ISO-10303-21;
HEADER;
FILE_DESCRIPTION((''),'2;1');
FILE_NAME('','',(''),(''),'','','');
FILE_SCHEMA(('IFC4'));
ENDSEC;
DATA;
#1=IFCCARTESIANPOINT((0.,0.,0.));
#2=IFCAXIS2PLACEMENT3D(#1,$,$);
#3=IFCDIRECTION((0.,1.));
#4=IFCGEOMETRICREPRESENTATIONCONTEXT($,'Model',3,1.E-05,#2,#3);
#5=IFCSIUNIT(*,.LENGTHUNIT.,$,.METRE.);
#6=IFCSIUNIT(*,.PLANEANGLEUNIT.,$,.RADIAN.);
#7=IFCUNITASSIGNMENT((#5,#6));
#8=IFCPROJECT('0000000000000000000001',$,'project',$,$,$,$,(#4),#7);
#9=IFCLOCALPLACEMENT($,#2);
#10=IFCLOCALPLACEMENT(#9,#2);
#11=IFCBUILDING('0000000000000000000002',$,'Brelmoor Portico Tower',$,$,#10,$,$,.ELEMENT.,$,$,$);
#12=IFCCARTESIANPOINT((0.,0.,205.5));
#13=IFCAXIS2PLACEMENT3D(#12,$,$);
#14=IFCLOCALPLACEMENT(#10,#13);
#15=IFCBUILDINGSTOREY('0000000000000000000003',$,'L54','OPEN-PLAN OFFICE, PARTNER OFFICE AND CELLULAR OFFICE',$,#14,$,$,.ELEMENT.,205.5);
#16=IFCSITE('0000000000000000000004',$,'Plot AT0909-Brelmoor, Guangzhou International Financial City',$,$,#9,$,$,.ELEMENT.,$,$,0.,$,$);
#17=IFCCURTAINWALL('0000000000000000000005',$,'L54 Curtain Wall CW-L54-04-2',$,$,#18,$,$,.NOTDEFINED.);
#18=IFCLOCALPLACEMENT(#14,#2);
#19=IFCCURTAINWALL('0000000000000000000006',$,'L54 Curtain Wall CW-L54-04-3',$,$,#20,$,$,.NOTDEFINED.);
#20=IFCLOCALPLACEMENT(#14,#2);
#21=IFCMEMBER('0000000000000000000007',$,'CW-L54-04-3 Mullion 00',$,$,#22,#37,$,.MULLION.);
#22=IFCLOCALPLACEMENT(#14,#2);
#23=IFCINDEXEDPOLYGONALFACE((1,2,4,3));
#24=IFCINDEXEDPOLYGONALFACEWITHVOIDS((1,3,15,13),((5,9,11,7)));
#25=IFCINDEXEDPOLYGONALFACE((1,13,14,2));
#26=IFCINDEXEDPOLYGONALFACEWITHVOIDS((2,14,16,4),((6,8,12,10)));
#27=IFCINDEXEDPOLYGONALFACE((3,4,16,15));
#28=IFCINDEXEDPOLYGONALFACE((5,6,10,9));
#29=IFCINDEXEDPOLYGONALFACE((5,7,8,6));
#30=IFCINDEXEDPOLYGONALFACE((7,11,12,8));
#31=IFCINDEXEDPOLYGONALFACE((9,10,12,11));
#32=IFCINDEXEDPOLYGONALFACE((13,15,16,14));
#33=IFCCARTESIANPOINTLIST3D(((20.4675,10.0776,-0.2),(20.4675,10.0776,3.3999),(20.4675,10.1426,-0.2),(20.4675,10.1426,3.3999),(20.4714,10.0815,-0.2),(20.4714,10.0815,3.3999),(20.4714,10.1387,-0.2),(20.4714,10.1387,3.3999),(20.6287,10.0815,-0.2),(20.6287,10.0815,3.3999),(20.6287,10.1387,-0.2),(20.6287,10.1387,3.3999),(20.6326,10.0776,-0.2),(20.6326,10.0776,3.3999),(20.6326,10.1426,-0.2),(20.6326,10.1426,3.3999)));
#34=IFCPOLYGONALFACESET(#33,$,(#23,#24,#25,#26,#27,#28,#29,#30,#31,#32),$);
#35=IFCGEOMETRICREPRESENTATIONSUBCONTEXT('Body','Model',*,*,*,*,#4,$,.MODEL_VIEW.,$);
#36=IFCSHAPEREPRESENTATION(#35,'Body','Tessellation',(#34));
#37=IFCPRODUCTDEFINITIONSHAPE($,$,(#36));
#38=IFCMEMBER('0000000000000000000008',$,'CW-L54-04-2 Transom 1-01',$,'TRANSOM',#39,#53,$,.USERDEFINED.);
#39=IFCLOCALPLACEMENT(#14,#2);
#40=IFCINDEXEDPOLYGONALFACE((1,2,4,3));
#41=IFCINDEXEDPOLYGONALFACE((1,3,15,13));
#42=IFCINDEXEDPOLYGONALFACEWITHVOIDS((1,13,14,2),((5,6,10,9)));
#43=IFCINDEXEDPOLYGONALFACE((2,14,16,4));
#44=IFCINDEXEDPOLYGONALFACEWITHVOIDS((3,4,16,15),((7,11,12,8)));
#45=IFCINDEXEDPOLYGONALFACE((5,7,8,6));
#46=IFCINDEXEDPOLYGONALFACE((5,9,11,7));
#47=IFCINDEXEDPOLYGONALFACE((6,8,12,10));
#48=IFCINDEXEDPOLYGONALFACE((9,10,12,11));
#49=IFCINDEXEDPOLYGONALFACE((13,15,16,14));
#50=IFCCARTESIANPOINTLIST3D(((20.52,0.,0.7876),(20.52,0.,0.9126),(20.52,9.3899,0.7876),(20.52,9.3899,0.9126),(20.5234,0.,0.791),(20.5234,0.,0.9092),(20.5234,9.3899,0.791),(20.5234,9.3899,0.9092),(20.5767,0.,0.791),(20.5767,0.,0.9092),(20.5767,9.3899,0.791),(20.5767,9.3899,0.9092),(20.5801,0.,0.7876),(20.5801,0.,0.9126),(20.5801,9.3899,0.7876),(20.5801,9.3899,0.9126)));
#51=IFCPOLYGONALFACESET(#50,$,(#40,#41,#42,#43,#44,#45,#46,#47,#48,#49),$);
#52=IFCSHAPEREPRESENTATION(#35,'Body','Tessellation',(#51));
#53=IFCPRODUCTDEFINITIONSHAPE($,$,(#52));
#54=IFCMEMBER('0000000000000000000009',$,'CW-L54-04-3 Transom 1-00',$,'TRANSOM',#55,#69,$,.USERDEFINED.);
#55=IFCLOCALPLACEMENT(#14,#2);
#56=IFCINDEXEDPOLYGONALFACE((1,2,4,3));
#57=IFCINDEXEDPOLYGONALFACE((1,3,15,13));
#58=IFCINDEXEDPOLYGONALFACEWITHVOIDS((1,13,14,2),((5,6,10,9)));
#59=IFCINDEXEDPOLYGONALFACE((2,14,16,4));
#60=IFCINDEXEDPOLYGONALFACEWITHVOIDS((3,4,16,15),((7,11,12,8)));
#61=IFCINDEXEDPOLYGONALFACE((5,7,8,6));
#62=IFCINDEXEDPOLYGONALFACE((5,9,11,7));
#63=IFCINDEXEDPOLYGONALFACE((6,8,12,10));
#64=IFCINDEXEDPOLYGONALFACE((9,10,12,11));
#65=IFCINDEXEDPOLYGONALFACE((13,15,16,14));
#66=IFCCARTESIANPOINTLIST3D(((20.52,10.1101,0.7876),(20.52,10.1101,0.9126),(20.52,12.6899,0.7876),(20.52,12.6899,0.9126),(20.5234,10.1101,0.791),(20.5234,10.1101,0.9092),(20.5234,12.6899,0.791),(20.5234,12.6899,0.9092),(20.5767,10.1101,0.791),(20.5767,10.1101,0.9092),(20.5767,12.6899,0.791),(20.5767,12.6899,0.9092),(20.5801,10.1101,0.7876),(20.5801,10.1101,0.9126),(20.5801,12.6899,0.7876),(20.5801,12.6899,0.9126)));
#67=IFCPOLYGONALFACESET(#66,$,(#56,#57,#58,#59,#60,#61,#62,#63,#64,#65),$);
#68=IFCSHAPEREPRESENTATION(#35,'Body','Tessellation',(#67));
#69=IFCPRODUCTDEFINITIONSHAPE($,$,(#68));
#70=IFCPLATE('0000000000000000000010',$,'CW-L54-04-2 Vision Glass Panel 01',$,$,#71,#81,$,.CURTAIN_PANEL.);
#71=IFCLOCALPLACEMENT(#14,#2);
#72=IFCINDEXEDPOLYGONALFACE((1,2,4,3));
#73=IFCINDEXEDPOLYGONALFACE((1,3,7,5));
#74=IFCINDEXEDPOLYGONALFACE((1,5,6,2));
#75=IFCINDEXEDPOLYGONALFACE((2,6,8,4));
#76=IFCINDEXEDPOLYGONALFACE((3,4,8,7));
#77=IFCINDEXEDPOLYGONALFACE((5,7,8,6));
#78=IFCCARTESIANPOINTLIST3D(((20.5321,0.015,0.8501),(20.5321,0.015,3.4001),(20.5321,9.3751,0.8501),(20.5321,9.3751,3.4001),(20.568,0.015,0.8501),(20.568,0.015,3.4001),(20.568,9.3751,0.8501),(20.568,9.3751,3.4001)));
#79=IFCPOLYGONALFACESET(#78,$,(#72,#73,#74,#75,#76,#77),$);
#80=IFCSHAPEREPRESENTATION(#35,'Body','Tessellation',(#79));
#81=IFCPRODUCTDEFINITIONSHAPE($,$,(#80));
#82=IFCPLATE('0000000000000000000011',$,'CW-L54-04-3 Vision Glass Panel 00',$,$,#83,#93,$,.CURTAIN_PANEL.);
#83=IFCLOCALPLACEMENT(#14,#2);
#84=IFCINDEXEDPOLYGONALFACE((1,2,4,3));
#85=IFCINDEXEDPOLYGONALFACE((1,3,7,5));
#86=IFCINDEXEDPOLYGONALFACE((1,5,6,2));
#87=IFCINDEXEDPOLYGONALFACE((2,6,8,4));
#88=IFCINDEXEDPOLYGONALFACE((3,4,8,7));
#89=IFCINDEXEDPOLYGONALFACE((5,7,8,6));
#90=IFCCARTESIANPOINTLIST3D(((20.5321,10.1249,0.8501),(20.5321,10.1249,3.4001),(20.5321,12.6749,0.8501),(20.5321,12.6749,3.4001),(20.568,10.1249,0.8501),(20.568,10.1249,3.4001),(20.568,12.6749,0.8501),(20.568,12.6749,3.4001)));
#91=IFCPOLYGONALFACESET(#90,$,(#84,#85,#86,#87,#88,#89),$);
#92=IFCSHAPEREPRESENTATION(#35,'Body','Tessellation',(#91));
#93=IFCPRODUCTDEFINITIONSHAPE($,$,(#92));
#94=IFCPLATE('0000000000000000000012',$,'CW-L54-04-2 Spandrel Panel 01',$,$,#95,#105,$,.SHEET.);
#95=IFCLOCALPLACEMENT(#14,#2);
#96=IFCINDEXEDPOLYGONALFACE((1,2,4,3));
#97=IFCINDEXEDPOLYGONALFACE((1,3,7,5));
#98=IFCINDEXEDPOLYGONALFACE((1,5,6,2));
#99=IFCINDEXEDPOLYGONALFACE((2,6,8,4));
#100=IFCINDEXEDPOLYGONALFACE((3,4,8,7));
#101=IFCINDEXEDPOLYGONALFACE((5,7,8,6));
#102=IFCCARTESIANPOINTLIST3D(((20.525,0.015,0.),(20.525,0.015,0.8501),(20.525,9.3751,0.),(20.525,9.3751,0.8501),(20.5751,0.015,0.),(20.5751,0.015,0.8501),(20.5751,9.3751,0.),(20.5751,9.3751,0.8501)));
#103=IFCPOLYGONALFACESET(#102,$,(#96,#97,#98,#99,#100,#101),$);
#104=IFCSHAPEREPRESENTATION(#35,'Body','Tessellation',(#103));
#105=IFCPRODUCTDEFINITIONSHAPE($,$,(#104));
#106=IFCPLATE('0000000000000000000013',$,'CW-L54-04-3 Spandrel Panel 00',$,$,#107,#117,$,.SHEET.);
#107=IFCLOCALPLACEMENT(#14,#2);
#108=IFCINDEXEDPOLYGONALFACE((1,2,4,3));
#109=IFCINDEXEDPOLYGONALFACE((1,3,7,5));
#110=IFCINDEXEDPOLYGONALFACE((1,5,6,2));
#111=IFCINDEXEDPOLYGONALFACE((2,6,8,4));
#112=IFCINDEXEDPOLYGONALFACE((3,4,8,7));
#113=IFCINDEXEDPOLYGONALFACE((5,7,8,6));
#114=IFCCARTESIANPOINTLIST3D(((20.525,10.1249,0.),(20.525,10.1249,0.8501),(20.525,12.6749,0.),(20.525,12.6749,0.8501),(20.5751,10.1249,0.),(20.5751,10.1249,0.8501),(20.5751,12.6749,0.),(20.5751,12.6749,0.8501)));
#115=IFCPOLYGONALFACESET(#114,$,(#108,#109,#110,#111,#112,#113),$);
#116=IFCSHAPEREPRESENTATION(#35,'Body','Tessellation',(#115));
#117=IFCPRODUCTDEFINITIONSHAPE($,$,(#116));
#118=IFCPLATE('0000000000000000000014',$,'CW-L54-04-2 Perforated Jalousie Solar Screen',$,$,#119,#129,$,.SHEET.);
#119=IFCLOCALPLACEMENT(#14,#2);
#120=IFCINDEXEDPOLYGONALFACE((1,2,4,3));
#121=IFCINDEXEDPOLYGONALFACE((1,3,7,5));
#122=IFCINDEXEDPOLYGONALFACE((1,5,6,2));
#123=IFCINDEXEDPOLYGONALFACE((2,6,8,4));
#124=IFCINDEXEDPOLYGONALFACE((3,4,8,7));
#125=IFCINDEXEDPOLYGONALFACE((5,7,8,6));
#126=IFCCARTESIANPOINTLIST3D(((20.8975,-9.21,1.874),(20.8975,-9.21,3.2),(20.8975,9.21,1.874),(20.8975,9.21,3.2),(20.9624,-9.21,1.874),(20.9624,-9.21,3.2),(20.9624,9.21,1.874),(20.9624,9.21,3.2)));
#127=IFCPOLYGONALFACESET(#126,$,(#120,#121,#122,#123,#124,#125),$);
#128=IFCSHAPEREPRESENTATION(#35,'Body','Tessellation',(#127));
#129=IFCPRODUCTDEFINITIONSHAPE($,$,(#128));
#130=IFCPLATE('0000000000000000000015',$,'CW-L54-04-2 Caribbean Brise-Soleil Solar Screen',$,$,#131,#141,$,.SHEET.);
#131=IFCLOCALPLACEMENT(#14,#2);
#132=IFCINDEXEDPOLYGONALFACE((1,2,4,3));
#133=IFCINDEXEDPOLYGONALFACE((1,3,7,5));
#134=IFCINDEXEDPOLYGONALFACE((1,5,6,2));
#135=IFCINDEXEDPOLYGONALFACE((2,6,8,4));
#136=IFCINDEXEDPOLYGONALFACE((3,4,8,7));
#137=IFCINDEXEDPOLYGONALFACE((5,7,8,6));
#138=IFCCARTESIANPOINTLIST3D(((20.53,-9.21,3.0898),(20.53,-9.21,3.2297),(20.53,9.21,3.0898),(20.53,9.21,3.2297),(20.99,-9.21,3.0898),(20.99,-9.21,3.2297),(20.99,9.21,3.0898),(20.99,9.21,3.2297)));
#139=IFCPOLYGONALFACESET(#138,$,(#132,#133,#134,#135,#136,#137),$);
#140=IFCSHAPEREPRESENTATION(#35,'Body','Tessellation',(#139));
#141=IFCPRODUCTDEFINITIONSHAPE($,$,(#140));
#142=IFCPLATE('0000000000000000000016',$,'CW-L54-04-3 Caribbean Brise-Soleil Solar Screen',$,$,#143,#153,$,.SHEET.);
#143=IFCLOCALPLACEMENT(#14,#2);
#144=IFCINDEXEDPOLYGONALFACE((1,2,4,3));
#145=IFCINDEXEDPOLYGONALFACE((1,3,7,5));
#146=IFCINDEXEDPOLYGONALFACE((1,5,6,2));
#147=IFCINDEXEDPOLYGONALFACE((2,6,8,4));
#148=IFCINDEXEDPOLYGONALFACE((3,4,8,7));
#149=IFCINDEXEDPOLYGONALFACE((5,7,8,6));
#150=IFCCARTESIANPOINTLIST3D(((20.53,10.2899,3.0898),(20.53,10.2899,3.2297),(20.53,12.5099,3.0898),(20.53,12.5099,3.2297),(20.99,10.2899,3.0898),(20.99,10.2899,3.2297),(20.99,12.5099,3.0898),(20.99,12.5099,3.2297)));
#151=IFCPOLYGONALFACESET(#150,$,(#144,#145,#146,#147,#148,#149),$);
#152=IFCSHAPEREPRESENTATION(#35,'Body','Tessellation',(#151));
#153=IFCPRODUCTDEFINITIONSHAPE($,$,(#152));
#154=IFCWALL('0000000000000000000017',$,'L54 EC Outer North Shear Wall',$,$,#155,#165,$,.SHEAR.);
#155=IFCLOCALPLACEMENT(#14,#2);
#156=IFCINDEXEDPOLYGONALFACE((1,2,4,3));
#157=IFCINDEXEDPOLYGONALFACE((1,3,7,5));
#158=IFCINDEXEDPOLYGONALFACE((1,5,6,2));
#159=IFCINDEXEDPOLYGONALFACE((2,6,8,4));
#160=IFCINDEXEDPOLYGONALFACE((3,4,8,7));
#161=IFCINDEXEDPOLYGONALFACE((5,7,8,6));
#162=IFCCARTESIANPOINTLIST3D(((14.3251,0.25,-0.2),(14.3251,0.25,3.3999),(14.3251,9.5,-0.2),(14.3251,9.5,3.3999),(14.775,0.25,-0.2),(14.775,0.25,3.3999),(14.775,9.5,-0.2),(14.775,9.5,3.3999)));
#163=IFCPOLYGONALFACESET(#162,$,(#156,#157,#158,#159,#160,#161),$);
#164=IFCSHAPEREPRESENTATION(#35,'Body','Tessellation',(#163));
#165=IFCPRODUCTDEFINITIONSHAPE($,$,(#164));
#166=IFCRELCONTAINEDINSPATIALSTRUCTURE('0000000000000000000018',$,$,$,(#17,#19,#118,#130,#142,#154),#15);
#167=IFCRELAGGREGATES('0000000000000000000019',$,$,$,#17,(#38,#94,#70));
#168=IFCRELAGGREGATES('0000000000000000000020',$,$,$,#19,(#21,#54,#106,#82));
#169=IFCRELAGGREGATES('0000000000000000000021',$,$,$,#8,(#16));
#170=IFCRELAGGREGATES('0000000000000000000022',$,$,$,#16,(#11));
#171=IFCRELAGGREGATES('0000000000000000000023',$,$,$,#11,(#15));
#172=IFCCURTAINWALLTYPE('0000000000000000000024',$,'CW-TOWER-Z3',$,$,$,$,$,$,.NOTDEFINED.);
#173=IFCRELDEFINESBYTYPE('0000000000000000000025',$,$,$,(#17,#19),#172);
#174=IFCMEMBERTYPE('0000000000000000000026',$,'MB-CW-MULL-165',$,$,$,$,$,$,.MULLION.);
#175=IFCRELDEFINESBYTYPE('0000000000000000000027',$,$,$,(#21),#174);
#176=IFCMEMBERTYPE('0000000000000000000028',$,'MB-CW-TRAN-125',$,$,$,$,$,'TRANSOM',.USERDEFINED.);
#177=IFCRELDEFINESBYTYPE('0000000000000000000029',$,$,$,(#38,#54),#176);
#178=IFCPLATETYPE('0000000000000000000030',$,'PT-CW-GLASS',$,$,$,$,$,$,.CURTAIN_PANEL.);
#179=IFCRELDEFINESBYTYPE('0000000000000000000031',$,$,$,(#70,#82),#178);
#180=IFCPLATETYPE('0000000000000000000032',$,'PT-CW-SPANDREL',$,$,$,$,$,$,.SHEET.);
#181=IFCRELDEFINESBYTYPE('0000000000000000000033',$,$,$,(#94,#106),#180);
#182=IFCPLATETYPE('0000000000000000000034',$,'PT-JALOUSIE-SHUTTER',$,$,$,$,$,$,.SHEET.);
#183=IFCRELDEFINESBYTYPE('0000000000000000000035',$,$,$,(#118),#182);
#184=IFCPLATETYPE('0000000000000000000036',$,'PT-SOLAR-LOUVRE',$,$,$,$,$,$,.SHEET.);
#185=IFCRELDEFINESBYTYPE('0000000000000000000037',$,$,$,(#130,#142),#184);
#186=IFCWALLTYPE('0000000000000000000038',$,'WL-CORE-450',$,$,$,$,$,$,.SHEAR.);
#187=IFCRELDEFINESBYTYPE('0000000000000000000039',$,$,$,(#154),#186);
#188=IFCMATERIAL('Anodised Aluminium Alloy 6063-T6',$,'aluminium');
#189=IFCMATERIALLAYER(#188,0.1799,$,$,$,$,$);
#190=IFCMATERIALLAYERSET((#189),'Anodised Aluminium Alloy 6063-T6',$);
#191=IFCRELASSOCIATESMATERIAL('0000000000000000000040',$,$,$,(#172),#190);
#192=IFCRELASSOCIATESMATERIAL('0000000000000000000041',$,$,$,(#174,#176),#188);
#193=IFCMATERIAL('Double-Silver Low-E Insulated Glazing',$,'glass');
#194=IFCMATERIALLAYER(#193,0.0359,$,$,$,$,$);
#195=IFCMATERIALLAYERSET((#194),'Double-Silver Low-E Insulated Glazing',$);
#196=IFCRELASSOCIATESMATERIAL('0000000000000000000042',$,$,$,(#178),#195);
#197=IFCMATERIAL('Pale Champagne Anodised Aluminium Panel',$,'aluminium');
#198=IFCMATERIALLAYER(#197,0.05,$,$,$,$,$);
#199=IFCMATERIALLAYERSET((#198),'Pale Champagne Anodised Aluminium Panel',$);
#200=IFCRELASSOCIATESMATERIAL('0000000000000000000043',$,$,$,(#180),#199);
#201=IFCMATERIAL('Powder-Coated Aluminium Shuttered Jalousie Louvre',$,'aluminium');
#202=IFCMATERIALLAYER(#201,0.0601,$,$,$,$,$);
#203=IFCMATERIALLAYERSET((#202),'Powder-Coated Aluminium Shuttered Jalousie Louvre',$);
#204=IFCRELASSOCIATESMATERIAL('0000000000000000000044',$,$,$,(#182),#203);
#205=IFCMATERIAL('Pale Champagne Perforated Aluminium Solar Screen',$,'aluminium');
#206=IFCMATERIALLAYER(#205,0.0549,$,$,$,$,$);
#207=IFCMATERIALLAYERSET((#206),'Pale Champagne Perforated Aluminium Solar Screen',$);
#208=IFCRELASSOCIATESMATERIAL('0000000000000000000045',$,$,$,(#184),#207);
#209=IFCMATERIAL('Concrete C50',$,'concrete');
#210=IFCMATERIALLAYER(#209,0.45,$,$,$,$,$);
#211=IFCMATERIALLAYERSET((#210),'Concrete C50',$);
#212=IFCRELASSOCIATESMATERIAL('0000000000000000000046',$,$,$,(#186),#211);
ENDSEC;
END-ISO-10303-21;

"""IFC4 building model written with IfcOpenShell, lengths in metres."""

from ifc_helpers import new_model, si_unit, direction, frame, frame_2d, origin, origin_2d, place, context, subcontext, project, spatial, rectangle, hollow_rectangle, extrude, material, layer, layer_set, material_profile, profile_set, type_object, element, aggregate, save


model = new_model("IFC4")

# Units and contexts
model_context = context("Model", 3, precision=1e-05, world=origin(), true_north=direction((0.0, 1.0)))
body_context = subcontext(model_context, "Body", "Model", "MODEL_VIEW")
ifc_project = project(units=[si_unit("LENGTHUNIT", "METRE"), si_unit("PLANEANGLEUNIT", "RADIAN")], contexts=[model_context])

# Site, building, storey
site_placement = place(None, origin())
site = spatial("IfcSite", under=ifc_project, at=site_placement, Name="Plot AT0909-Brelmoor, Guangzhou International Financial City", CompositionType="ELEMENT", RefElevation=0.0)
building_placement = place(site_placement, origin())
building = spatial("IfcBuilding", under=site, at=building_placement, Name="Brelmoor Portico Tower", CompositionType="ELEMENT")
storey_placement = place(building_placement, frame((0.0, 0.0, 205.5)))
storey = spatial("IfcBuildingStorey", under=building, at=storey_placement, Name="L54", Description="OPEN-PLAN OFFICE, PARTNER OFFICE AND CELLULAR OFFICE", CompositionType="ELEMENT", Elevation=205.5)

# Curtain wall
ifc_material_1 = material(Name="Anodised Aluminium Alloy 6063-T6", Category="aluminium")
ifc_layer_1 = layer(ifc_material_1, 0.1799)
ifc_layer_set_1 = layer_set([ifc_layer_1], Name="Anodised Aluminium Alloy 6063-T6")
curtain_wall_type = type_object("IfcCurtainWallType", Name="CW-TOWER-Z3", PredefinedType="NOTDEFINED", material=ifc_layer_set_1)
curtain_wall_1_placement = place(storey_placement, origin())
curtain_wall_1 = element("IfcCurtainWall", 1, at=curtain_wall_1_placement, inside=storey, type_object=curtain_wall_type, Name="L54 Curtain Wall CW-L54-04-2", PredefinedType="NOTDEFINED")
ifc_material_profile_1 = material_profile(ifc_material_1, hollow_rectangle(XDim=0.0649, YDim=0.165, WallThickness=0.0039, at=origin_2d()), Name="ALU MULLION 65x165")
ifc_profile_set_1 = profile_set([ifc_material_profile_1], Name="Anodised Aluminium Alloy 6063-T6")
member_type_1 = type_object("IfcMemberType", Name="MB-CW-MULL-165", PredefinedType="MULLION", material=ifc_profile_set_1)

# Curtain wall, member
curtain_wall_2_placement = place(storey_placement, origin())
curtain_wall_2 = element("IfcCurtainWall", 2, at=curtain_wall_2_placement, inside=storey, type_object=curtain_wall_type, Name="L54 Curtain Wall CW-L54-04-3", PredefinedType="NOTDEFINED")
member_1_placement = place(storey_placement, frame((20.55, 10.1101, -0.2), z_axis=(0.0, 0.0, 1.0), x_axis=(0.0, 1.0, 0.0)))
member_1 = element("IfcMember", 3, at=member_1_placement, type_object=member_type_1, Name="CW-L54-04-3 Mullion 00", PredefinedType="MULLION", context=body_context, shape_type="SweptSolid", body=[
    extrude(hollow_rectangle(XDim=0.0649, YDim=0.165, WallThickness=0.0039, at=origin_2d()), origin(), (0.0, 0.0, 1.0), 3.5999),
])

# Members
ifc_material_profile_2 = material_profile(ifc_material_1, hollow_rectangle(XDim=0.0601, YDim=0.125, WallThickness=0.0034, at=origin_2d()), Name="ALU TRANSOM 60x125")
ifc_profile_set_2 = profile_set([ifc_material_profile_2], Name="Anodised Aluminium Alloy 6063-T6")
member_type_2 = type_object("IfcMemberType", Name="MB-CW-TRAN-125", ElementType="TRANSOM", PredefinedType="USERDEFINED", material=ifc_profile_set_2)
member_2_placement = place(storey_placement, frame((20.55, 0.0, 0.8501), z_axis=(0.0, 1.0, 0.0), x_axis=(-1.0, 0.0, 0.0)))
member_2 = element("IfcMember", 4, at=member_2_placement, type_object=member_type_2, Name="CW-L54-04-2 Transom 1-01", ObjectType="TRANSOM", PredefinedType="USERDEFINED", context=body_context, shape_type="SweptSolid", body=[
    extrude(hollow_rectangle(XDim=0.0601, YDim=0.125, WallThickness=0.0034, at=origin_2d()), origin(), (0.0, 0.0, 1.0), 9.3899),
])
member_3_placement = place(storey_placement, frame((20.55, 10.1101, 0.8501), z_axis=(0.0, 1.0, 0.0), x_axis=(-1.0, 0.0, 0.0)))
member_3 = element("IfcMember", 5, at=member_3_placement, type_object=member_type_2, Name="CW-L54-04-3 Transom 1-00", ObjectType="TRANSOM", PredefinedType="USERDEFINED", context=body_context, shape_type="SweptSolid", body=[
    extrude(hollow_rectangle(XDim=0.0601, YDim=0.125, WallThickness=0.0034, at=origin_2d()), origin(), (0.0, 0.0, 1.0), 2.5798),
])

# Plates
ifc_material_2 = material(Name="Double-Silver Low-E Insulated Glazing", Category="glass")
ifc_layer_2 = layer(ifc_material_2, 0.0359)
ifc_layer_set_2 = layer_set([ifc_layer_2], Name="Double-Silver Low-E Insulated Glazing")
plate_type_1 = type_object("IfcPlateType", Name="PT-CW-GLASS", PredefinedType="CURTAIN_PANEL", material=ifc_layer_set_2)
plate_1_placement = place(storey_placement, frame((20.55, 4.6951, 0.8501), z_axis=(0.0, 0.0, 1.0), x_axis=(0.0, 1.0, 0.0)))
plate_1 = element("IfcPlate", 6, at=plate_1_placement, type_object=plate_type_1, Name="CW-L54-04-2 Vision Glass Panel 01", PredefinedType="CURTAIN_PANEL", context=body_context, shape_type="SweptSolid", body=[
    extrude(rectangle(XDim=9.3601, YDim=0.0359, at=origin_2d()), origin(), (0.0, 0.0, 1.0), 2.55),
])
plate_2_placement = place(storey_placement, frame((20.55, 11.3999, 0.8501), z_axis=(0.0, 0.0, 1.0), x_axis=(0.0, 1.0, 0.0)))
plate_2 = element("IfcPlate", 7, at=plate_2_placement, type_object=plate_type_1, Name="CW-L54-04-3 Vision Glass Panel 00", PredefinedType="CURTAIN_PANEL", context=body_context, shape_type="SweptSolid", body=[
    extrude(rectangle(XDim=2.55, YDim=0.0359, at=origin_2d()), origin(), (0.0, 0.0, 1.0), 2.55),
])
ifc_material_3 = material(Name="Pale Champagne Anodised Aluminium Panel", Category="aluminium")
ifc_layer_3 = layer(ifc_material_3, 0.05)
ifc_layer_set_3 = layer_set([ifc_layer_3], Name="Pale Champagne Anodised Aluminium Panel")
plate_type_2 = type_object("IfcPlateType", Name="PT-CW-SPANDREL", PredefinedType="SHEET", material=ifc_layer_set_3)
plate_3_placement = place(storey_placement, frame((20.55, 4.6951, 0.0), z_axis=(0.0, 0.0, 1.0), x_axis=(0.0, 1.0, 0.0)))
plate_3 = element("IfcPlate", 8, at=plate_3_placement, type_object=plate_type_2, Name="CW-L54-04-2 Spandrel Panel 01", PredefinedType="SHEET", context=body_context, shape_type="SweptSolid", body=[
    extrude(rectangle(XDim=9.3601, YDim=0.05, at=origin_2d()), origin(), (0.0, 0.0, 1.0), 0.8501),
])
aggregate(curtain_wall_1, [member_2, plate_3, plate_1])
plate_4_placement = place(storey_placement, frame((20.55, 11.3999, 0.0), z_axis=(0.0, 0.0, 1.0), x_axis=(0.0, 1.0, 0.0)))
plate_4 = element("IfcPlate", 9, at=plate_4_placement, type_object=plate_type_2, Name="CW-L54-04-3 Spandrel Panel 00", PredefinedType="SHEET", context=body_context, shape_type="SweptSolid", body=[
    extrude(rectangle(XDim=2.55, YDim=0.05, at=origin_2d()), origin(), (0.0, 0.0, 1.0), 0.8501),
])
aggregate(curtain_wall_2, [member_1, member_3, plate_4, plate_2])

# Plates
ifc_material_4 = material(Name="Powder-Coated Aluminium Shuttered Jalousie Louvre", Category="aluminium")
ifc_layer_4 = layer(ifc_material_4, 0.0601)
ifc_layer_set_4 = layer_set([ifc_layer_4], Name="Powder-Coated Aluminium Shuttered Jalousie Louvre")
plate_type_3 = type_object("IfcPlateType", Name="PT-JALOUSIE-SHUTTER", PredefinedType="SHEET", material=ifc_layer_set_4)
plate_5_placement = place(storey_placement, frame((20.9299, 0.0, 1.874), z_axis=(0.0, 0.0, 1.0), x_axis=(0.0, 1.0, 0.0)))
element("IfcPlate", 10, at=plate_5_placement, inside=storey, type_object=plate_type_3, Name="CW-L54-04-2 Perforated Jalousie Solar Screen", PredefinedType="SHEET", context=body_context, shape_type="SweptSolid", body=[
    extrude(rectangle(XDim=18.4199, YDim=0.0649, at=origin_2d()), origin(), (0.0, 0.0, 1.0), 1.3259),
])
ifc_material_5 = material(Name="Pale Champagne Perforated Aluminium Solar Screen", Category="aluminium")
ifc_layer_5 = layer(ifc_material_5, 0.0549)
ifc_layer_set_5 = layer_set([ifc_layer_5], Name="Pale Champagne Perforated Aluminium Solar Screen")
plate_type_4 = type_object("IfcPlateType", Name="PT-SOLAR-LOUVRE", PredefinedType="SHEET", material=ifc_layer_set_5)
plate_6_placement = place(storey_placement, frame((20.76, 0.0, 3.0898), z_axis=(0.0, 0.0, 1.0), x_axis=(0.0, 1.0, 0.0)))
element("IfcPlate", 11, at=plate_6_placement, inside=storey, type_object=plate_type_4, Name="CW-L54-04-2 Caribbean Brise-Soleil Solar Screen", PredefinedType="SHEET", context=body_context, shape_type="SweptSolid", body=[
    extrude(rectangle(XDim=18.4199, YDim=0.46, at=origin_2d()), origin(), (0.0, 0.0, 1.0), 0.1399),
])
plate_7_placement = place(storey_placement, frame((20.76, 11.3999, 3.0898), z_axis=(0.0, 0.0, 1.0), x_axis=(0.0, 1.0, 0.0)))
element("IfcPlate", 12, at=plate_7_placement, inside=storey, type_object=plate_type_4, Name="CW-L54-04-3 Caribbean Brise-Soleil Solar Screen", PredefinedType="SHEET", context=body_context, shape_type="SweptSolid", body=[
    extrude(rectangle(XDim=2.22, YDim=0.46, at=origin_2d()), origin(), (0.0, 0.0, 1.0), 0.1399),
])

# Wall
ifc_material_6 = material(Name="Concrete C50", Category="concrete")
ifc_layer_6 = layer(ifc_material_6, 0.45)
ifc_layer_set_6 = layer_set([ifc_layer_6], Name="Concrete C50")
wall_type_1 = type_object("IfcWallType", Name="WL-CORE-450", PredefinedType="SHEAR", material=ifc_layer_set_6)
wall_1_placement = place(storey_placement, frame((14.55, 0.25, -0.2), z_axis=(0.0, 0.0, 1.0), x_axis=(0.0, 1.0, 0.0)))
element("IfcWall", 13, at=wall_1_placement, inside=storey, type_object=wall_type_1, Name="L54 EC Outer North Shear Wall", PredefinedType="SHEAR", context=body_context, shape_type="SweptSolid", body=[
    extrude(rectangle(XDim=9.25, YDim=0.45, at=frame_2d((4.625, 0.0))), origin(), (0.0, 0.0, 1.0), 3.5999),
])

save(model, "model.ifc")
